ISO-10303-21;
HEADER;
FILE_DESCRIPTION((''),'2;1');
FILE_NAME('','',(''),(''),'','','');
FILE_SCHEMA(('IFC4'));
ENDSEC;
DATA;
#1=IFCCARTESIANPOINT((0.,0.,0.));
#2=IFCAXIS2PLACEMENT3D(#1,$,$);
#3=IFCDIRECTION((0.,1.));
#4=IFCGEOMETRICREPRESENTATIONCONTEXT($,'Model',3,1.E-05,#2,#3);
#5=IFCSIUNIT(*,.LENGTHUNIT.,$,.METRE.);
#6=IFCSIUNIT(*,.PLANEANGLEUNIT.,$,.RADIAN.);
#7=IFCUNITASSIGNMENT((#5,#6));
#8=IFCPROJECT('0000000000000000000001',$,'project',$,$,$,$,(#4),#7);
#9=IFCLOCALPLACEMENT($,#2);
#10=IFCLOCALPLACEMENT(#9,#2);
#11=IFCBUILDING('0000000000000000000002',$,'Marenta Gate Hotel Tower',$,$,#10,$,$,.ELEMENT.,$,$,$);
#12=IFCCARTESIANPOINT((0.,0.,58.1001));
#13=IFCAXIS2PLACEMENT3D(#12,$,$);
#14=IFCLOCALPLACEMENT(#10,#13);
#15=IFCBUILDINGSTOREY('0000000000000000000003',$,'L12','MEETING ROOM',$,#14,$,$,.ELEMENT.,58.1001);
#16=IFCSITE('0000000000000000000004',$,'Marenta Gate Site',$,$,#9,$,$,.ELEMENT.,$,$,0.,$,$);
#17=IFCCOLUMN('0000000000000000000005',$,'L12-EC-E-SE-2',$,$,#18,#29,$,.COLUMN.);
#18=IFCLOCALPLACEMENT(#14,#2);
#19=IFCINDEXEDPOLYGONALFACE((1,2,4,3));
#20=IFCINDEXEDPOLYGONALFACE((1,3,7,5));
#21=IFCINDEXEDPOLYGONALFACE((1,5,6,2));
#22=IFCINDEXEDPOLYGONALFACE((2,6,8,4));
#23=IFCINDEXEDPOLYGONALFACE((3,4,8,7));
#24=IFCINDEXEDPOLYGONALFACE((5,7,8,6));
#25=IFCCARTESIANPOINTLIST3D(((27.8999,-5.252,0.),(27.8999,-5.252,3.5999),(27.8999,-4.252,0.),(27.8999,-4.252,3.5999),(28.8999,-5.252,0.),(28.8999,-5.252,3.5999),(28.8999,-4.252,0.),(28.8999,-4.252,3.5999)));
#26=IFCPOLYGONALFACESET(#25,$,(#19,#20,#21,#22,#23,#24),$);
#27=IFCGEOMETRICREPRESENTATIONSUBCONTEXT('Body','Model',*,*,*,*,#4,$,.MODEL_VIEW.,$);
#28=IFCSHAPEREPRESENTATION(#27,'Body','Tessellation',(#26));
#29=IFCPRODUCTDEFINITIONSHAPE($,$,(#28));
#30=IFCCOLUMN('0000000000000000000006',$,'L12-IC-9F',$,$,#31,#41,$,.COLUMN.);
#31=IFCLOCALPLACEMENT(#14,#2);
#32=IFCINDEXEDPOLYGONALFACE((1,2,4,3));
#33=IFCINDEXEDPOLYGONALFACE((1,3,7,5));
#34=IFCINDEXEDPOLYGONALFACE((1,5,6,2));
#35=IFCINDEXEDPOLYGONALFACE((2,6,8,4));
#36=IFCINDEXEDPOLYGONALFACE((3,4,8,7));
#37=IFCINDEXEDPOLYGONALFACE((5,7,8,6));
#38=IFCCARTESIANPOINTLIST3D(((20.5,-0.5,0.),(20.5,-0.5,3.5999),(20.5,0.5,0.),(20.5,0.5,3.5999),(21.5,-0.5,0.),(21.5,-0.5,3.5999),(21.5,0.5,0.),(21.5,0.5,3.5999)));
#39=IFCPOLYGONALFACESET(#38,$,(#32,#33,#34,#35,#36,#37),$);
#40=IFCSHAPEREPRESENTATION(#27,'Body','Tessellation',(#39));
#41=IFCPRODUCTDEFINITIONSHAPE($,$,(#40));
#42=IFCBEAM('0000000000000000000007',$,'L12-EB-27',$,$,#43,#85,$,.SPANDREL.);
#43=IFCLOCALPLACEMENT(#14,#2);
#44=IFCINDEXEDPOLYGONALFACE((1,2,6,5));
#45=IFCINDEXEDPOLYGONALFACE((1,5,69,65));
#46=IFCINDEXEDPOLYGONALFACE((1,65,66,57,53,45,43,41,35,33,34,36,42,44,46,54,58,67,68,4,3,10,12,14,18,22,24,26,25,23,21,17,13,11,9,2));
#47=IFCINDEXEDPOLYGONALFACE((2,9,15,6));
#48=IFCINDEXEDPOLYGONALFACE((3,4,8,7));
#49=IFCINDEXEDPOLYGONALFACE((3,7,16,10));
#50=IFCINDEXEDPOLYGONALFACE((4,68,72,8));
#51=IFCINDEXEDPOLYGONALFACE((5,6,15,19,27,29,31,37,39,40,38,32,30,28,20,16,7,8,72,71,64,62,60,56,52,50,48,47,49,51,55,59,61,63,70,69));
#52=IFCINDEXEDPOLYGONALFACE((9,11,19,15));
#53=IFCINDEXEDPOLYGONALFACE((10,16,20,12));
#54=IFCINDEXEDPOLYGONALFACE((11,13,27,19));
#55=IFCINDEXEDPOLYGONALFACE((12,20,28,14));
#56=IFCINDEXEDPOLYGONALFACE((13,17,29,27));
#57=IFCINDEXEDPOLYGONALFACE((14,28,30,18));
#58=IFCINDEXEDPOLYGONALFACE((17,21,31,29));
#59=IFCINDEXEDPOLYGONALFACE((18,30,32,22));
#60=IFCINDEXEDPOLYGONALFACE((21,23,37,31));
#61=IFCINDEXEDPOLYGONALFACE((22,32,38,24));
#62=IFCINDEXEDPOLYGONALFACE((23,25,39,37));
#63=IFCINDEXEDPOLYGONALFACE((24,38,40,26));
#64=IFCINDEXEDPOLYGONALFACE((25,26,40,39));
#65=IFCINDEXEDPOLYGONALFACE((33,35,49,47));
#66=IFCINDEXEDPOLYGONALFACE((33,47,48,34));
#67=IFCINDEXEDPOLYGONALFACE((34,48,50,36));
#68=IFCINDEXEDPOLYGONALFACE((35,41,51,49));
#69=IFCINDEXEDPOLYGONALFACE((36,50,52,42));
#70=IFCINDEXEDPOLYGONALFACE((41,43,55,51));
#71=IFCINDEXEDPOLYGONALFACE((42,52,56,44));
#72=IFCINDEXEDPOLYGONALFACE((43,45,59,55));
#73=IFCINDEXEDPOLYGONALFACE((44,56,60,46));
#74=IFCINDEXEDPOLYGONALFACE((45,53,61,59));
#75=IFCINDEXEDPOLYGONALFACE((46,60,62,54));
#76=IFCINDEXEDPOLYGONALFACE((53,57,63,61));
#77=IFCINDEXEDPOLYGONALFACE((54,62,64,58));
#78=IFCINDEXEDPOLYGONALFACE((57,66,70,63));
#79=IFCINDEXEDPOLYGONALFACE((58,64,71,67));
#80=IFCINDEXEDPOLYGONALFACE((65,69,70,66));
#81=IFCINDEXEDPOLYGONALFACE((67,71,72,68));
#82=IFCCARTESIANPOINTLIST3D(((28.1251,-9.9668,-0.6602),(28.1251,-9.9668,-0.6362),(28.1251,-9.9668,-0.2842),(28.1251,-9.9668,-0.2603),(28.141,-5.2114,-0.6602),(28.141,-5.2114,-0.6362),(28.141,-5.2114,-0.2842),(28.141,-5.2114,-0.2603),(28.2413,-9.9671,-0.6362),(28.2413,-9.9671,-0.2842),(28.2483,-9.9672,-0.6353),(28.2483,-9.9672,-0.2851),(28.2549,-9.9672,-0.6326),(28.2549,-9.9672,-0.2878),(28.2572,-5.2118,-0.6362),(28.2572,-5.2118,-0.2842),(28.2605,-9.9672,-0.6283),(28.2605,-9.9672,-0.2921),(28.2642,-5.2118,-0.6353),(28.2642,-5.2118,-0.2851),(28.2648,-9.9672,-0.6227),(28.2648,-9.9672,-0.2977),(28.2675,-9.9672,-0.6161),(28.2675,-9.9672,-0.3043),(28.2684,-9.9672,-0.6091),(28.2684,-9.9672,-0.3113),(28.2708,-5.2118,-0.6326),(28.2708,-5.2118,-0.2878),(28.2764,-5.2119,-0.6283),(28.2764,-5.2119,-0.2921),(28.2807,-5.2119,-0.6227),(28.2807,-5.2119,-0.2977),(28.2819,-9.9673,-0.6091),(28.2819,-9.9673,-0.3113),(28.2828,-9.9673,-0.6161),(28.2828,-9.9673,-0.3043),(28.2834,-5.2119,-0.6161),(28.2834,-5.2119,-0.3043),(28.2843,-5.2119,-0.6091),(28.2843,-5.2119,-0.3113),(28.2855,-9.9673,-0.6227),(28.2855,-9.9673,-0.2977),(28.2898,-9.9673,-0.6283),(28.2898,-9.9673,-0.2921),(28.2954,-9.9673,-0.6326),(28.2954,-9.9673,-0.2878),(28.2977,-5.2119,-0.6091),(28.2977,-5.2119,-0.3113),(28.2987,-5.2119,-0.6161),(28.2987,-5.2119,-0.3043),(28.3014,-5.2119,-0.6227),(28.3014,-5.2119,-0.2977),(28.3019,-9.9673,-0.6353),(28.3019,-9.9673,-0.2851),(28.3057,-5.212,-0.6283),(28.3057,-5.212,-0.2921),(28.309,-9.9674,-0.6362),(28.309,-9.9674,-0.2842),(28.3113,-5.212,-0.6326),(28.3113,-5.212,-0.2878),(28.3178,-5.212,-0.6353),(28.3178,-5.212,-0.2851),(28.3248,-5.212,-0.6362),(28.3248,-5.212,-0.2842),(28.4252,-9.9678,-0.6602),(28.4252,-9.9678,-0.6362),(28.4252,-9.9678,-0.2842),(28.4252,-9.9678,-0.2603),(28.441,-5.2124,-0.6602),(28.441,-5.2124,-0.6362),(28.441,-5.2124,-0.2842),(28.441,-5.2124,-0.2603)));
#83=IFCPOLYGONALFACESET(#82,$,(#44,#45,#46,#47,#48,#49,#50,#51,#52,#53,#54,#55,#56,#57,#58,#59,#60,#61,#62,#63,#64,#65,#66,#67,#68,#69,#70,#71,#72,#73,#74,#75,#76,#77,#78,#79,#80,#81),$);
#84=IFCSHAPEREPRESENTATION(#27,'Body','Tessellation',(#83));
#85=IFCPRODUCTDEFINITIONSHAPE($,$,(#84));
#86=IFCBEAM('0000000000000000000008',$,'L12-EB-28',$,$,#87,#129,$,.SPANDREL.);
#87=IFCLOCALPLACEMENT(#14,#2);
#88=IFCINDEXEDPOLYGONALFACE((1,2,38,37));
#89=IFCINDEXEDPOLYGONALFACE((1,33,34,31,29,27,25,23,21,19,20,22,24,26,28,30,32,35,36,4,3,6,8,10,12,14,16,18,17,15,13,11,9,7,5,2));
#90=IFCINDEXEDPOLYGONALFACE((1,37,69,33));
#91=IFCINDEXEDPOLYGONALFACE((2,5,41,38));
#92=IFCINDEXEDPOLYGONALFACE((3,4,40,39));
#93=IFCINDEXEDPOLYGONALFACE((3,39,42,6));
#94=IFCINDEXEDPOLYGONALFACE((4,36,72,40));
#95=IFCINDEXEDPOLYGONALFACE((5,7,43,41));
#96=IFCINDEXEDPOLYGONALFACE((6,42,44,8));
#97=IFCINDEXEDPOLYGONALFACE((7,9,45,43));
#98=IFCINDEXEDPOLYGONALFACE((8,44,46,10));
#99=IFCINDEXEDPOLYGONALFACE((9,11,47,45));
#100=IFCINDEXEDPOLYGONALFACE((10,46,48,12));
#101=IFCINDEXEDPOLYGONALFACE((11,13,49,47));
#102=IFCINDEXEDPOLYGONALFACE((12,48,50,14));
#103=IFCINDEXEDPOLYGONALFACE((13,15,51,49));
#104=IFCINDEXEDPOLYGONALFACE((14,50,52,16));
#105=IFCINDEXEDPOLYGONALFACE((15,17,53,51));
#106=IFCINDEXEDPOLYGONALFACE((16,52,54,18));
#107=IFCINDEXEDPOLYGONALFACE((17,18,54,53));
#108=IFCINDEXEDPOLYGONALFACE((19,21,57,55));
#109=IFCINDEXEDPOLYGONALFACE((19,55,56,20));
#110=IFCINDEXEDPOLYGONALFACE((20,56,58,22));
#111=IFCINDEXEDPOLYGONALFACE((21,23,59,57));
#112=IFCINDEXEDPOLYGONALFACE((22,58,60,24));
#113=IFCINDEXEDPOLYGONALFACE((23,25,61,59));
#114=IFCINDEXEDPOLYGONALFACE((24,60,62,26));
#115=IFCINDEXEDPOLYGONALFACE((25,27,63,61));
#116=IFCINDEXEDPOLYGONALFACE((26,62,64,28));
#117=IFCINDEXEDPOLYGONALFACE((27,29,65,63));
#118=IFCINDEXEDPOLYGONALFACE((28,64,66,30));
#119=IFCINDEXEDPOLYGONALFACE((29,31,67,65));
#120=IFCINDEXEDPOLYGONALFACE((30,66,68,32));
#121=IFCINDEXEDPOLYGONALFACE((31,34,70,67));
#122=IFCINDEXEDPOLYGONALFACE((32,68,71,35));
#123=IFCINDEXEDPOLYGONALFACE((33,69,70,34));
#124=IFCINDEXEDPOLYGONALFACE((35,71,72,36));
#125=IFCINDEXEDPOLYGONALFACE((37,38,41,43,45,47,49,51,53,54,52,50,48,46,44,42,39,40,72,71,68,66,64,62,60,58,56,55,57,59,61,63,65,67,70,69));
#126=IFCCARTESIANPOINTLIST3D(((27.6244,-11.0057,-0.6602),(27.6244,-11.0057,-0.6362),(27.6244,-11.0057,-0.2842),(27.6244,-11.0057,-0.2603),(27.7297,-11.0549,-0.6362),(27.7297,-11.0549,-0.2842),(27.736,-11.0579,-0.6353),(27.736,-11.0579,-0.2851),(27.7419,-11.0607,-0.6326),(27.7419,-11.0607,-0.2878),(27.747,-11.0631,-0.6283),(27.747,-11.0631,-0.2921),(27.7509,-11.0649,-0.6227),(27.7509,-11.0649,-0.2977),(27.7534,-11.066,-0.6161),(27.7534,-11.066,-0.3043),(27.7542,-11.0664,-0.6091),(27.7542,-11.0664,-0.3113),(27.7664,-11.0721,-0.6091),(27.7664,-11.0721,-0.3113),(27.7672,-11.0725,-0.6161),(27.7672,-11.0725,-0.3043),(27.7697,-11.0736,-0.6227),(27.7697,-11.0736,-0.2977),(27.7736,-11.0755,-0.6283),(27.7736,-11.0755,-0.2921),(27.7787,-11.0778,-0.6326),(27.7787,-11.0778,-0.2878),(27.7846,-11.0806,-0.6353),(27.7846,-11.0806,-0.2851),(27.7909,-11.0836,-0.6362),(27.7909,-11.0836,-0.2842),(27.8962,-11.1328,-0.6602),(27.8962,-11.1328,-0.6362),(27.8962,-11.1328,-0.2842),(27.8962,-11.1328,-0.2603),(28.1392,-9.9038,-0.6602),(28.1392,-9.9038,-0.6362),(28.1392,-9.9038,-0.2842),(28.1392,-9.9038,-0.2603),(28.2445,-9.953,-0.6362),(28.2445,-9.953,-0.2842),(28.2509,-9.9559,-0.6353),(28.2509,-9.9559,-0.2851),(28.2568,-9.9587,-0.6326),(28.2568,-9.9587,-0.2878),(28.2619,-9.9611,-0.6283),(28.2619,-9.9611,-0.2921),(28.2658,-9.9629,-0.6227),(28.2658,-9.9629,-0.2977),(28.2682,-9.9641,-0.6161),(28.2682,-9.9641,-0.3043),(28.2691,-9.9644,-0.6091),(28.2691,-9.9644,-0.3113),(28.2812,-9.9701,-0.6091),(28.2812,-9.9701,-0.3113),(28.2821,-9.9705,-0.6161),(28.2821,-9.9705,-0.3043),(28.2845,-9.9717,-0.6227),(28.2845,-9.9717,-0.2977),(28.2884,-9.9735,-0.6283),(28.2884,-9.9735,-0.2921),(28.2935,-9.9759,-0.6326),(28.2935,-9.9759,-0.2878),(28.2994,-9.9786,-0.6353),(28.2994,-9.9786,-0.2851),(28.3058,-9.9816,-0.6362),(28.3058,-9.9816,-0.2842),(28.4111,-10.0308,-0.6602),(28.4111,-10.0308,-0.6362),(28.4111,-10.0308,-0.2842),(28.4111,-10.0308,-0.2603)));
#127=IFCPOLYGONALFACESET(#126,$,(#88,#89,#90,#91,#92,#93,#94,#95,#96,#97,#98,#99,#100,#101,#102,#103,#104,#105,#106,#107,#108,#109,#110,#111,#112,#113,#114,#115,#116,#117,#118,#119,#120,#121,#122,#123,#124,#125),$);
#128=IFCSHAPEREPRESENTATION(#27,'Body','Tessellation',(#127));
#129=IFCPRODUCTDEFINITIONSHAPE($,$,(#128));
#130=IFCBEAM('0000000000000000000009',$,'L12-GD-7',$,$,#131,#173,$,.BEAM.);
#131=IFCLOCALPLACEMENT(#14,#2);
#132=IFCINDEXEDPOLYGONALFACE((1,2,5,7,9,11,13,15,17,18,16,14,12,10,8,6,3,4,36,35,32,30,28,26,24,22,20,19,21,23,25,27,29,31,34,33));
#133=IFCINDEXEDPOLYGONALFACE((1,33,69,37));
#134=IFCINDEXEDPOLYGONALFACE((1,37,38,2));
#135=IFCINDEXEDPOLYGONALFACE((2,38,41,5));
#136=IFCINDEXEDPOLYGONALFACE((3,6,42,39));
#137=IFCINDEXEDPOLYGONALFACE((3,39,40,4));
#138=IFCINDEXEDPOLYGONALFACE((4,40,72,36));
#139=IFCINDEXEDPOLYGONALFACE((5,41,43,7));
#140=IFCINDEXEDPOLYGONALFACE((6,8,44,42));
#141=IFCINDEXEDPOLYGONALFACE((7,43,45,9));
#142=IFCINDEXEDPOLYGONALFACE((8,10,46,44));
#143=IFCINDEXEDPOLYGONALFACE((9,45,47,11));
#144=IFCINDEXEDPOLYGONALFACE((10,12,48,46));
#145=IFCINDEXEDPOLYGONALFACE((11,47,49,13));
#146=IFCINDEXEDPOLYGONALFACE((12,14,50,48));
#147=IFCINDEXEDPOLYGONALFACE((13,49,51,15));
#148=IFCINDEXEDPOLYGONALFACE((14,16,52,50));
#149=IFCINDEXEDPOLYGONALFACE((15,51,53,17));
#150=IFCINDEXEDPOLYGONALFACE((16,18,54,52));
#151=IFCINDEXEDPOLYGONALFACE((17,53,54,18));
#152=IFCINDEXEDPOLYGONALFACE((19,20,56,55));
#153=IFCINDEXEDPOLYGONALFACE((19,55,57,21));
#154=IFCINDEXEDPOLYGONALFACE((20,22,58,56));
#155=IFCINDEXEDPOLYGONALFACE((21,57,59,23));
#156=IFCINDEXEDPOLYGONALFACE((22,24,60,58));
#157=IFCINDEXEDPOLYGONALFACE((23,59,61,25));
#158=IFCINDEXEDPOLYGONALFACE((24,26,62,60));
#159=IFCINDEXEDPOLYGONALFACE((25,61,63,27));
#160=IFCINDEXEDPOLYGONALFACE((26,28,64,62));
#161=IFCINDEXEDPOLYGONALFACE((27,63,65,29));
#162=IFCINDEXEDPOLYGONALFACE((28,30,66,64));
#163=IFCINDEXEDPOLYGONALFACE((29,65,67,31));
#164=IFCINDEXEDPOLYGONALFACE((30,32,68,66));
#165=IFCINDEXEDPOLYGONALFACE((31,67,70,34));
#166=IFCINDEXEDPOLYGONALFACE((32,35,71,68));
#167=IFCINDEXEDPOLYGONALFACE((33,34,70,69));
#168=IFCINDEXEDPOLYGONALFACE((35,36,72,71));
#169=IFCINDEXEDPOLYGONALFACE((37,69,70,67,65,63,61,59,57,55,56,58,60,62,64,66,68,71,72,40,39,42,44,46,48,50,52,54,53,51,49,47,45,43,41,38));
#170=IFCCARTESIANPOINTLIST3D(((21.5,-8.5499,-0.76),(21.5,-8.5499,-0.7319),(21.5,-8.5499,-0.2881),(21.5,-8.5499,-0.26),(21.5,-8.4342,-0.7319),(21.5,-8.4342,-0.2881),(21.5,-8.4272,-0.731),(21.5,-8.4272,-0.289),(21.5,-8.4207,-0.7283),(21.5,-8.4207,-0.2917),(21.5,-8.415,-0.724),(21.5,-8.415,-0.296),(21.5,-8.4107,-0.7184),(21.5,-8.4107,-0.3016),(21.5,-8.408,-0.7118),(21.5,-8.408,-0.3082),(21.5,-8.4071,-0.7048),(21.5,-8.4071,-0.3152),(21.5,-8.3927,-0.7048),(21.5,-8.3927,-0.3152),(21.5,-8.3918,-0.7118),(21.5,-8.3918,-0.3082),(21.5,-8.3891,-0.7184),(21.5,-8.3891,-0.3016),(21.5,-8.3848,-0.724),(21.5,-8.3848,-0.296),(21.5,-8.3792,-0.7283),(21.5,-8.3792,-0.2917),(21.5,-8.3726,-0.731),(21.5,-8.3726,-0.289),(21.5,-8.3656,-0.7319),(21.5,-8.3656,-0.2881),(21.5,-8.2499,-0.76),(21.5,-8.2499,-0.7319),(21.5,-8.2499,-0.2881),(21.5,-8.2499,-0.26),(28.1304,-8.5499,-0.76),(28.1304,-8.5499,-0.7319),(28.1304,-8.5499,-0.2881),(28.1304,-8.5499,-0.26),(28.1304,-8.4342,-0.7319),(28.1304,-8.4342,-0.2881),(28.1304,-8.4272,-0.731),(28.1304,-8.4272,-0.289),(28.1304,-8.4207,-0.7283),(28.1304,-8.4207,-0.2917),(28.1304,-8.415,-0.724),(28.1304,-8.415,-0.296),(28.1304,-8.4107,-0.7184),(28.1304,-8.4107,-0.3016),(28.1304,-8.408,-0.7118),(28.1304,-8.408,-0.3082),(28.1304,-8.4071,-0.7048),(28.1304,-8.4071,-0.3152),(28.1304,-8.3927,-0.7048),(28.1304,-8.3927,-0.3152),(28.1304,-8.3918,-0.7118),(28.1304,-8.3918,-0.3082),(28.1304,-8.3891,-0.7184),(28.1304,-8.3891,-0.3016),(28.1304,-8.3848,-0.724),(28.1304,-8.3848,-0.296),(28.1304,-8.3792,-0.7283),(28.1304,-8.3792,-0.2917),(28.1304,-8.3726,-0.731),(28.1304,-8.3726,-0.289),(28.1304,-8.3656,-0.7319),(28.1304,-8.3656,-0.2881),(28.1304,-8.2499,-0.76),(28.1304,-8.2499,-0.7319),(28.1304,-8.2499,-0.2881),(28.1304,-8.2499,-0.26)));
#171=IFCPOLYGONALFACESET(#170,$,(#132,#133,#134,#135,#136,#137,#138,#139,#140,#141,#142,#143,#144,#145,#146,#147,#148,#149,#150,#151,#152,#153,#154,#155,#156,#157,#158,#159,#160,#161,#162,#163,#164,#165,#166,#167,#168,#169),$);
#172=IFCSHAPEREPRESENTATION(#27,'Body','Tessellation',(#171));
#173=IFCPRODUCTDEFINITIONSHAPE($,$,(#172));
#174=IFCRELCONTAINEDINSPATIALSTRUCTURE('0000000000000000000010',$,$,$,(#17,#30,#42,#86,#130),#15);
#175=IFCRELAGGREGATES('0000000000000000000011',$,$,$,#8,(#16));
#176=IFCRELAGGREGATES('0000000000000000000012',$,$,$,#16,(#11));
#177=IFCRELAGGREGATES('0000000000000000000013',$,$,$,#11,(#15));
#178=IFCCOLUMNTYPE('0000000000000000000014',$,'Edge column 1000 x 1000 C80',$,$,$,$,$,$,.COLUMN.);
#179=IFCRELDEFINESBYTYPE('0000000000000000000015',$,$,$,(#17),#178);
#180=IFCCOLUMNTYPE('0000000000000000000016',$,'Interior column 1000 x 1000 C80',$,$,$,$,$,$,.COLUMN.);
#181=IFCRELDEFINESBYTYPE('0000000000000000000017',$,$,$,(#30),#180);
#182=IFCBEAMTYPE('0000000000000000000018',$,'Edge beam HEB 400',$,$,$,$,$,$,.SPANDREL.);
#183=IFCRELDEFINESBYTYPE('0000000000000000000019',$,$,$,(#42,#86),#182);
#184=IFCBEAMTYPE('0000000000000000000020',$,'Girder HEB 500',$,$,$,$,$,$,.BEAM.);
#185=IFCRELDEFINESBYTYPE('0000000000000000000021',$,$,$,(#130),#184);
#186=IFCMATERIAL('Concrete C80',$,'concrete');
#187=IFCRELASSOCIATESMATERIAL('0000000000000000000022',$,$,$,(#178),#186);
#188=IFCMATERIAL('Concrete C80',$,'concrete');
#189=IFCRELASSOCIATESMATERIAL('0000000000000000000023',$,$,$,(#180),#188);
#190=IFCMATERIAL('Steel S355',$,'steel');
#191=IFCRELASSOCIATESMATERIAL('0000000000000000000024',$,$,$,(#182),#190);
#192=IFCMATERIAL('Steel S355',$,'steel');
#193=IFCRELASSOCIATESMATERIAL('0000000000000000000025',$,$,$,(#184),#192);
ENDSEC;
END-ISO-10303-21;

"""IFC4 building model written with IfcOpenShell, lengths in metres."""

from ifc_helpers import new_model, si_unit, direction, frame, origin, origin_2d, place, context, subcontext, project, spatial, rectangle, i_section, extrude, material, material_profile, profile_set, type_object, element, save


model = new_model("IFC4")

# Units and contexts
model_context = context("Model", 3, precision=1e-05, world=origin(), true_north=direction((0.0, 1.0)))
body_context = subcontext(model_context, "Body", "Model", "MODEL_VIEW")
ifc_project = project(units=[si_unit("LENGTHUNIT", "METRE"), si_unit("PLANEANGLEUNIT", "RADIAN")], contexts=[model_context])

# Site, building, storey
site_placement = place(None, origin())
site = spatial("IfcSite", under=ifc_project, at=site_placement, Name="Marenta Gate Site", CompositionType="ELEMENT", RefElevation=0.0)
building_placement = place(site_placement, origin())
building = spatial("IfcBuilding", under=site, at=building_placement, Name="Marenta Gate Hotel Tower", CompositionType="ELEMENT")
storey_placement = place(building_placement, frame((0.0, 0.0, 58.1001)))
storey = spatial("IfcBuildingStorey", under=building, at=storey_placement, Name="L12", Description="MEETING ROOM", CompositionType="ELEMENT", Elevation=58.1001)

# Columns
ifc_material_1 = material(Name="Concrete C80", Category="concrete")
ifc_material_profile_1 = material_profile(ifc_material_1, rectangle(XDim=1.0, YDim=1.0, at=origin_2d()), Name="1000 x 1000")
ifc_profile_set_1 = profile_set([ifc_material_profile_1], Name="Concrete C80")
column_type_1 = type_object("IfcColumnType", Name="Edge column 1000 x 1000 C80", PredefinedType="COLUMN", material=ifc_profile_set_1)
column_1_placement = place(storey_placement, frame((28.3999, -4.752, 0.0), z_axis=(0.0, 0.0, 1.0), x_axis=(1.0, 0.0, 0.0)))
element("IfcColumn", 1, at=column_1_placement, inside=storey, type_object=column_type_1, Name="L12-EC-E-SE-2", PredefinedType="COLUMN", context=body_context, shape_type="SweptSolid", body=[
    extrude(rectangle(XDim=1.0, YDim=1.0, at=origin_2d()), origin(), (0.0, 0.0, 1.0), 3.5999),
])
ifc_material_2 = material(Name="Concrete C80", Category="concrete")
ifc_material_profile_2 = material_profile(ifc_material_2, rectangle(XDim=1.0, YDim=1.0, at=origin_2d()), Name="1000 x 1000")
ifc_profile_set_2 = profile_set([ifc_material_profile_2], Name="Concrete C80")
column_type_2 = type_object("IfcColumnType", Name="Interior column 1000 x 1000 C80", PredefinedType="COLUMN", material=ifc_profile_set_2)
column_2_placement = place(storey_placement, frame((21.0, 0.0, 0.0), z_axis=(0.0, 0.0, 1.0), x_axis=(1.0, 0.0, 0.0)))
element("IfcColumn", 2, at=column_2_placement, inside=storey, type_object=column_type_2, Name="L12-IC-9F", PredefinedType="COLUMN", context=body_context, shape_type="SweptSolid", body=[
    extrude(rectangle(XDim=1.0, YDim=1.0, at=origin_2d()), origin(), (0.0, 0.0, 1.0), 3.5999),
])

# Beams
ifc_material_3 = material(Name="Steel S355", Category="steel")
ifc_material_profile_3 = material_profile(ifc_material_3, i_section(OverallWidth=0.3, OverallDepth=0.3999, WebThickness=0.0134, FlangeThickness=0.0239, FilletRadius=0.0271, at=origin_2d()), Name="HEB 400")
ifc_profile_set_3 = profile_set([ifc_material_profile_3], Name="Steel S355")
beam_type_1 = type_object("IfcBeamType", Name="Edge beam HEB 400", PredefinedType="SPANDREL", material=ifc_profile_set_3)
beam_1_placement = place(storey_placement, frame((28.291, -5.2119, -0.4602), z_axis=(-0.003337, -0.999994, 0.0), x_axis=(0.999994, -0.003337, 0.0)))
element("IfcBeam", 3, at=beam_1_placement, inside=storey, type_object=beam_type_1, Name="L12-EB-27", PredefinedType="SPANDREL", context=body_context, shape_type="SweptSolid", body=[
    extrude(i_section(OverallWidth=0.3, OverallDepth=0.3999, WebThickness=0.0134, FlangeThickness=0.0239, FilletRadius=0.0271, at=origin_2d()), origin(), (0.0, 0.0, 1.0), 4.7554),
])
beam_2_placement = place(storey_placement, frame((28.2751, -9.9673, -0.4602), z_axis=(-0.423292, -0.905993, 0.0), x_axis=(0.905993, -0.423292, 0.0)))
element("IfcBeam", 4, at=beam_2_placement, inside=storey, type_object=beam_type_1, Name="L12-EB-28", PredefinedType="SPANDREL", context=body_context, shape_type="SweptSolid", body=[
    extrude(i_section(OverallWidth=0.3, OverallDepth=0.3999, WebThickness=0.0134, FlangeThickness=0.0239, FilletRadius=0.0271, at=origin_2d()), origin(), (0.0, 0.0, 1.0), 1.2163),
])
ifc_material_4 = material(Name="Steel S355", Category="steel")
ifc_material_profile_4 = material_profile(ifc_material_4, i_section(OverallWidth=0.3, OverallDepth=0.5, WebThickness=0.0144, FlangeThickness=0.0281, FilletRadius=0.0271, at=origin_2d()), Name="HEB 500")
ifc_profile_set_4 = profile_set([ifc_material_profile_4], Name="Steel S355")
beam_type_2 = type_object("IfcBeamType", Name="Girder HEB 500", PredefinedType="BEAM", material=ifc_profile_set_4)
beam_3_placement = place(storey_placement, frame((21.5, -8.3999, -0.51), z_axis=(1.0, 0.0, 0.0), x_axis=(0.0, 1.0, 0.0)))
element("IfcBeam", 5, at=beam_3_placement, inside=storey, type_object=beam_type_2, Name="L12-GD-7", PredefinedType="BEAM", context=body_context, shape_type="SweptSolid", body=[
    extrude(i_section(OverallWidth=0.3, OverallDepth=0.5, WebThickness=0.0144, FlangeThickness=0.0281, FilletRadius=0.0271, at=origin_2d()), origin(), (0.0, 0.0, 1.0), 6.6304),
])

save(model, "model.ifc")
